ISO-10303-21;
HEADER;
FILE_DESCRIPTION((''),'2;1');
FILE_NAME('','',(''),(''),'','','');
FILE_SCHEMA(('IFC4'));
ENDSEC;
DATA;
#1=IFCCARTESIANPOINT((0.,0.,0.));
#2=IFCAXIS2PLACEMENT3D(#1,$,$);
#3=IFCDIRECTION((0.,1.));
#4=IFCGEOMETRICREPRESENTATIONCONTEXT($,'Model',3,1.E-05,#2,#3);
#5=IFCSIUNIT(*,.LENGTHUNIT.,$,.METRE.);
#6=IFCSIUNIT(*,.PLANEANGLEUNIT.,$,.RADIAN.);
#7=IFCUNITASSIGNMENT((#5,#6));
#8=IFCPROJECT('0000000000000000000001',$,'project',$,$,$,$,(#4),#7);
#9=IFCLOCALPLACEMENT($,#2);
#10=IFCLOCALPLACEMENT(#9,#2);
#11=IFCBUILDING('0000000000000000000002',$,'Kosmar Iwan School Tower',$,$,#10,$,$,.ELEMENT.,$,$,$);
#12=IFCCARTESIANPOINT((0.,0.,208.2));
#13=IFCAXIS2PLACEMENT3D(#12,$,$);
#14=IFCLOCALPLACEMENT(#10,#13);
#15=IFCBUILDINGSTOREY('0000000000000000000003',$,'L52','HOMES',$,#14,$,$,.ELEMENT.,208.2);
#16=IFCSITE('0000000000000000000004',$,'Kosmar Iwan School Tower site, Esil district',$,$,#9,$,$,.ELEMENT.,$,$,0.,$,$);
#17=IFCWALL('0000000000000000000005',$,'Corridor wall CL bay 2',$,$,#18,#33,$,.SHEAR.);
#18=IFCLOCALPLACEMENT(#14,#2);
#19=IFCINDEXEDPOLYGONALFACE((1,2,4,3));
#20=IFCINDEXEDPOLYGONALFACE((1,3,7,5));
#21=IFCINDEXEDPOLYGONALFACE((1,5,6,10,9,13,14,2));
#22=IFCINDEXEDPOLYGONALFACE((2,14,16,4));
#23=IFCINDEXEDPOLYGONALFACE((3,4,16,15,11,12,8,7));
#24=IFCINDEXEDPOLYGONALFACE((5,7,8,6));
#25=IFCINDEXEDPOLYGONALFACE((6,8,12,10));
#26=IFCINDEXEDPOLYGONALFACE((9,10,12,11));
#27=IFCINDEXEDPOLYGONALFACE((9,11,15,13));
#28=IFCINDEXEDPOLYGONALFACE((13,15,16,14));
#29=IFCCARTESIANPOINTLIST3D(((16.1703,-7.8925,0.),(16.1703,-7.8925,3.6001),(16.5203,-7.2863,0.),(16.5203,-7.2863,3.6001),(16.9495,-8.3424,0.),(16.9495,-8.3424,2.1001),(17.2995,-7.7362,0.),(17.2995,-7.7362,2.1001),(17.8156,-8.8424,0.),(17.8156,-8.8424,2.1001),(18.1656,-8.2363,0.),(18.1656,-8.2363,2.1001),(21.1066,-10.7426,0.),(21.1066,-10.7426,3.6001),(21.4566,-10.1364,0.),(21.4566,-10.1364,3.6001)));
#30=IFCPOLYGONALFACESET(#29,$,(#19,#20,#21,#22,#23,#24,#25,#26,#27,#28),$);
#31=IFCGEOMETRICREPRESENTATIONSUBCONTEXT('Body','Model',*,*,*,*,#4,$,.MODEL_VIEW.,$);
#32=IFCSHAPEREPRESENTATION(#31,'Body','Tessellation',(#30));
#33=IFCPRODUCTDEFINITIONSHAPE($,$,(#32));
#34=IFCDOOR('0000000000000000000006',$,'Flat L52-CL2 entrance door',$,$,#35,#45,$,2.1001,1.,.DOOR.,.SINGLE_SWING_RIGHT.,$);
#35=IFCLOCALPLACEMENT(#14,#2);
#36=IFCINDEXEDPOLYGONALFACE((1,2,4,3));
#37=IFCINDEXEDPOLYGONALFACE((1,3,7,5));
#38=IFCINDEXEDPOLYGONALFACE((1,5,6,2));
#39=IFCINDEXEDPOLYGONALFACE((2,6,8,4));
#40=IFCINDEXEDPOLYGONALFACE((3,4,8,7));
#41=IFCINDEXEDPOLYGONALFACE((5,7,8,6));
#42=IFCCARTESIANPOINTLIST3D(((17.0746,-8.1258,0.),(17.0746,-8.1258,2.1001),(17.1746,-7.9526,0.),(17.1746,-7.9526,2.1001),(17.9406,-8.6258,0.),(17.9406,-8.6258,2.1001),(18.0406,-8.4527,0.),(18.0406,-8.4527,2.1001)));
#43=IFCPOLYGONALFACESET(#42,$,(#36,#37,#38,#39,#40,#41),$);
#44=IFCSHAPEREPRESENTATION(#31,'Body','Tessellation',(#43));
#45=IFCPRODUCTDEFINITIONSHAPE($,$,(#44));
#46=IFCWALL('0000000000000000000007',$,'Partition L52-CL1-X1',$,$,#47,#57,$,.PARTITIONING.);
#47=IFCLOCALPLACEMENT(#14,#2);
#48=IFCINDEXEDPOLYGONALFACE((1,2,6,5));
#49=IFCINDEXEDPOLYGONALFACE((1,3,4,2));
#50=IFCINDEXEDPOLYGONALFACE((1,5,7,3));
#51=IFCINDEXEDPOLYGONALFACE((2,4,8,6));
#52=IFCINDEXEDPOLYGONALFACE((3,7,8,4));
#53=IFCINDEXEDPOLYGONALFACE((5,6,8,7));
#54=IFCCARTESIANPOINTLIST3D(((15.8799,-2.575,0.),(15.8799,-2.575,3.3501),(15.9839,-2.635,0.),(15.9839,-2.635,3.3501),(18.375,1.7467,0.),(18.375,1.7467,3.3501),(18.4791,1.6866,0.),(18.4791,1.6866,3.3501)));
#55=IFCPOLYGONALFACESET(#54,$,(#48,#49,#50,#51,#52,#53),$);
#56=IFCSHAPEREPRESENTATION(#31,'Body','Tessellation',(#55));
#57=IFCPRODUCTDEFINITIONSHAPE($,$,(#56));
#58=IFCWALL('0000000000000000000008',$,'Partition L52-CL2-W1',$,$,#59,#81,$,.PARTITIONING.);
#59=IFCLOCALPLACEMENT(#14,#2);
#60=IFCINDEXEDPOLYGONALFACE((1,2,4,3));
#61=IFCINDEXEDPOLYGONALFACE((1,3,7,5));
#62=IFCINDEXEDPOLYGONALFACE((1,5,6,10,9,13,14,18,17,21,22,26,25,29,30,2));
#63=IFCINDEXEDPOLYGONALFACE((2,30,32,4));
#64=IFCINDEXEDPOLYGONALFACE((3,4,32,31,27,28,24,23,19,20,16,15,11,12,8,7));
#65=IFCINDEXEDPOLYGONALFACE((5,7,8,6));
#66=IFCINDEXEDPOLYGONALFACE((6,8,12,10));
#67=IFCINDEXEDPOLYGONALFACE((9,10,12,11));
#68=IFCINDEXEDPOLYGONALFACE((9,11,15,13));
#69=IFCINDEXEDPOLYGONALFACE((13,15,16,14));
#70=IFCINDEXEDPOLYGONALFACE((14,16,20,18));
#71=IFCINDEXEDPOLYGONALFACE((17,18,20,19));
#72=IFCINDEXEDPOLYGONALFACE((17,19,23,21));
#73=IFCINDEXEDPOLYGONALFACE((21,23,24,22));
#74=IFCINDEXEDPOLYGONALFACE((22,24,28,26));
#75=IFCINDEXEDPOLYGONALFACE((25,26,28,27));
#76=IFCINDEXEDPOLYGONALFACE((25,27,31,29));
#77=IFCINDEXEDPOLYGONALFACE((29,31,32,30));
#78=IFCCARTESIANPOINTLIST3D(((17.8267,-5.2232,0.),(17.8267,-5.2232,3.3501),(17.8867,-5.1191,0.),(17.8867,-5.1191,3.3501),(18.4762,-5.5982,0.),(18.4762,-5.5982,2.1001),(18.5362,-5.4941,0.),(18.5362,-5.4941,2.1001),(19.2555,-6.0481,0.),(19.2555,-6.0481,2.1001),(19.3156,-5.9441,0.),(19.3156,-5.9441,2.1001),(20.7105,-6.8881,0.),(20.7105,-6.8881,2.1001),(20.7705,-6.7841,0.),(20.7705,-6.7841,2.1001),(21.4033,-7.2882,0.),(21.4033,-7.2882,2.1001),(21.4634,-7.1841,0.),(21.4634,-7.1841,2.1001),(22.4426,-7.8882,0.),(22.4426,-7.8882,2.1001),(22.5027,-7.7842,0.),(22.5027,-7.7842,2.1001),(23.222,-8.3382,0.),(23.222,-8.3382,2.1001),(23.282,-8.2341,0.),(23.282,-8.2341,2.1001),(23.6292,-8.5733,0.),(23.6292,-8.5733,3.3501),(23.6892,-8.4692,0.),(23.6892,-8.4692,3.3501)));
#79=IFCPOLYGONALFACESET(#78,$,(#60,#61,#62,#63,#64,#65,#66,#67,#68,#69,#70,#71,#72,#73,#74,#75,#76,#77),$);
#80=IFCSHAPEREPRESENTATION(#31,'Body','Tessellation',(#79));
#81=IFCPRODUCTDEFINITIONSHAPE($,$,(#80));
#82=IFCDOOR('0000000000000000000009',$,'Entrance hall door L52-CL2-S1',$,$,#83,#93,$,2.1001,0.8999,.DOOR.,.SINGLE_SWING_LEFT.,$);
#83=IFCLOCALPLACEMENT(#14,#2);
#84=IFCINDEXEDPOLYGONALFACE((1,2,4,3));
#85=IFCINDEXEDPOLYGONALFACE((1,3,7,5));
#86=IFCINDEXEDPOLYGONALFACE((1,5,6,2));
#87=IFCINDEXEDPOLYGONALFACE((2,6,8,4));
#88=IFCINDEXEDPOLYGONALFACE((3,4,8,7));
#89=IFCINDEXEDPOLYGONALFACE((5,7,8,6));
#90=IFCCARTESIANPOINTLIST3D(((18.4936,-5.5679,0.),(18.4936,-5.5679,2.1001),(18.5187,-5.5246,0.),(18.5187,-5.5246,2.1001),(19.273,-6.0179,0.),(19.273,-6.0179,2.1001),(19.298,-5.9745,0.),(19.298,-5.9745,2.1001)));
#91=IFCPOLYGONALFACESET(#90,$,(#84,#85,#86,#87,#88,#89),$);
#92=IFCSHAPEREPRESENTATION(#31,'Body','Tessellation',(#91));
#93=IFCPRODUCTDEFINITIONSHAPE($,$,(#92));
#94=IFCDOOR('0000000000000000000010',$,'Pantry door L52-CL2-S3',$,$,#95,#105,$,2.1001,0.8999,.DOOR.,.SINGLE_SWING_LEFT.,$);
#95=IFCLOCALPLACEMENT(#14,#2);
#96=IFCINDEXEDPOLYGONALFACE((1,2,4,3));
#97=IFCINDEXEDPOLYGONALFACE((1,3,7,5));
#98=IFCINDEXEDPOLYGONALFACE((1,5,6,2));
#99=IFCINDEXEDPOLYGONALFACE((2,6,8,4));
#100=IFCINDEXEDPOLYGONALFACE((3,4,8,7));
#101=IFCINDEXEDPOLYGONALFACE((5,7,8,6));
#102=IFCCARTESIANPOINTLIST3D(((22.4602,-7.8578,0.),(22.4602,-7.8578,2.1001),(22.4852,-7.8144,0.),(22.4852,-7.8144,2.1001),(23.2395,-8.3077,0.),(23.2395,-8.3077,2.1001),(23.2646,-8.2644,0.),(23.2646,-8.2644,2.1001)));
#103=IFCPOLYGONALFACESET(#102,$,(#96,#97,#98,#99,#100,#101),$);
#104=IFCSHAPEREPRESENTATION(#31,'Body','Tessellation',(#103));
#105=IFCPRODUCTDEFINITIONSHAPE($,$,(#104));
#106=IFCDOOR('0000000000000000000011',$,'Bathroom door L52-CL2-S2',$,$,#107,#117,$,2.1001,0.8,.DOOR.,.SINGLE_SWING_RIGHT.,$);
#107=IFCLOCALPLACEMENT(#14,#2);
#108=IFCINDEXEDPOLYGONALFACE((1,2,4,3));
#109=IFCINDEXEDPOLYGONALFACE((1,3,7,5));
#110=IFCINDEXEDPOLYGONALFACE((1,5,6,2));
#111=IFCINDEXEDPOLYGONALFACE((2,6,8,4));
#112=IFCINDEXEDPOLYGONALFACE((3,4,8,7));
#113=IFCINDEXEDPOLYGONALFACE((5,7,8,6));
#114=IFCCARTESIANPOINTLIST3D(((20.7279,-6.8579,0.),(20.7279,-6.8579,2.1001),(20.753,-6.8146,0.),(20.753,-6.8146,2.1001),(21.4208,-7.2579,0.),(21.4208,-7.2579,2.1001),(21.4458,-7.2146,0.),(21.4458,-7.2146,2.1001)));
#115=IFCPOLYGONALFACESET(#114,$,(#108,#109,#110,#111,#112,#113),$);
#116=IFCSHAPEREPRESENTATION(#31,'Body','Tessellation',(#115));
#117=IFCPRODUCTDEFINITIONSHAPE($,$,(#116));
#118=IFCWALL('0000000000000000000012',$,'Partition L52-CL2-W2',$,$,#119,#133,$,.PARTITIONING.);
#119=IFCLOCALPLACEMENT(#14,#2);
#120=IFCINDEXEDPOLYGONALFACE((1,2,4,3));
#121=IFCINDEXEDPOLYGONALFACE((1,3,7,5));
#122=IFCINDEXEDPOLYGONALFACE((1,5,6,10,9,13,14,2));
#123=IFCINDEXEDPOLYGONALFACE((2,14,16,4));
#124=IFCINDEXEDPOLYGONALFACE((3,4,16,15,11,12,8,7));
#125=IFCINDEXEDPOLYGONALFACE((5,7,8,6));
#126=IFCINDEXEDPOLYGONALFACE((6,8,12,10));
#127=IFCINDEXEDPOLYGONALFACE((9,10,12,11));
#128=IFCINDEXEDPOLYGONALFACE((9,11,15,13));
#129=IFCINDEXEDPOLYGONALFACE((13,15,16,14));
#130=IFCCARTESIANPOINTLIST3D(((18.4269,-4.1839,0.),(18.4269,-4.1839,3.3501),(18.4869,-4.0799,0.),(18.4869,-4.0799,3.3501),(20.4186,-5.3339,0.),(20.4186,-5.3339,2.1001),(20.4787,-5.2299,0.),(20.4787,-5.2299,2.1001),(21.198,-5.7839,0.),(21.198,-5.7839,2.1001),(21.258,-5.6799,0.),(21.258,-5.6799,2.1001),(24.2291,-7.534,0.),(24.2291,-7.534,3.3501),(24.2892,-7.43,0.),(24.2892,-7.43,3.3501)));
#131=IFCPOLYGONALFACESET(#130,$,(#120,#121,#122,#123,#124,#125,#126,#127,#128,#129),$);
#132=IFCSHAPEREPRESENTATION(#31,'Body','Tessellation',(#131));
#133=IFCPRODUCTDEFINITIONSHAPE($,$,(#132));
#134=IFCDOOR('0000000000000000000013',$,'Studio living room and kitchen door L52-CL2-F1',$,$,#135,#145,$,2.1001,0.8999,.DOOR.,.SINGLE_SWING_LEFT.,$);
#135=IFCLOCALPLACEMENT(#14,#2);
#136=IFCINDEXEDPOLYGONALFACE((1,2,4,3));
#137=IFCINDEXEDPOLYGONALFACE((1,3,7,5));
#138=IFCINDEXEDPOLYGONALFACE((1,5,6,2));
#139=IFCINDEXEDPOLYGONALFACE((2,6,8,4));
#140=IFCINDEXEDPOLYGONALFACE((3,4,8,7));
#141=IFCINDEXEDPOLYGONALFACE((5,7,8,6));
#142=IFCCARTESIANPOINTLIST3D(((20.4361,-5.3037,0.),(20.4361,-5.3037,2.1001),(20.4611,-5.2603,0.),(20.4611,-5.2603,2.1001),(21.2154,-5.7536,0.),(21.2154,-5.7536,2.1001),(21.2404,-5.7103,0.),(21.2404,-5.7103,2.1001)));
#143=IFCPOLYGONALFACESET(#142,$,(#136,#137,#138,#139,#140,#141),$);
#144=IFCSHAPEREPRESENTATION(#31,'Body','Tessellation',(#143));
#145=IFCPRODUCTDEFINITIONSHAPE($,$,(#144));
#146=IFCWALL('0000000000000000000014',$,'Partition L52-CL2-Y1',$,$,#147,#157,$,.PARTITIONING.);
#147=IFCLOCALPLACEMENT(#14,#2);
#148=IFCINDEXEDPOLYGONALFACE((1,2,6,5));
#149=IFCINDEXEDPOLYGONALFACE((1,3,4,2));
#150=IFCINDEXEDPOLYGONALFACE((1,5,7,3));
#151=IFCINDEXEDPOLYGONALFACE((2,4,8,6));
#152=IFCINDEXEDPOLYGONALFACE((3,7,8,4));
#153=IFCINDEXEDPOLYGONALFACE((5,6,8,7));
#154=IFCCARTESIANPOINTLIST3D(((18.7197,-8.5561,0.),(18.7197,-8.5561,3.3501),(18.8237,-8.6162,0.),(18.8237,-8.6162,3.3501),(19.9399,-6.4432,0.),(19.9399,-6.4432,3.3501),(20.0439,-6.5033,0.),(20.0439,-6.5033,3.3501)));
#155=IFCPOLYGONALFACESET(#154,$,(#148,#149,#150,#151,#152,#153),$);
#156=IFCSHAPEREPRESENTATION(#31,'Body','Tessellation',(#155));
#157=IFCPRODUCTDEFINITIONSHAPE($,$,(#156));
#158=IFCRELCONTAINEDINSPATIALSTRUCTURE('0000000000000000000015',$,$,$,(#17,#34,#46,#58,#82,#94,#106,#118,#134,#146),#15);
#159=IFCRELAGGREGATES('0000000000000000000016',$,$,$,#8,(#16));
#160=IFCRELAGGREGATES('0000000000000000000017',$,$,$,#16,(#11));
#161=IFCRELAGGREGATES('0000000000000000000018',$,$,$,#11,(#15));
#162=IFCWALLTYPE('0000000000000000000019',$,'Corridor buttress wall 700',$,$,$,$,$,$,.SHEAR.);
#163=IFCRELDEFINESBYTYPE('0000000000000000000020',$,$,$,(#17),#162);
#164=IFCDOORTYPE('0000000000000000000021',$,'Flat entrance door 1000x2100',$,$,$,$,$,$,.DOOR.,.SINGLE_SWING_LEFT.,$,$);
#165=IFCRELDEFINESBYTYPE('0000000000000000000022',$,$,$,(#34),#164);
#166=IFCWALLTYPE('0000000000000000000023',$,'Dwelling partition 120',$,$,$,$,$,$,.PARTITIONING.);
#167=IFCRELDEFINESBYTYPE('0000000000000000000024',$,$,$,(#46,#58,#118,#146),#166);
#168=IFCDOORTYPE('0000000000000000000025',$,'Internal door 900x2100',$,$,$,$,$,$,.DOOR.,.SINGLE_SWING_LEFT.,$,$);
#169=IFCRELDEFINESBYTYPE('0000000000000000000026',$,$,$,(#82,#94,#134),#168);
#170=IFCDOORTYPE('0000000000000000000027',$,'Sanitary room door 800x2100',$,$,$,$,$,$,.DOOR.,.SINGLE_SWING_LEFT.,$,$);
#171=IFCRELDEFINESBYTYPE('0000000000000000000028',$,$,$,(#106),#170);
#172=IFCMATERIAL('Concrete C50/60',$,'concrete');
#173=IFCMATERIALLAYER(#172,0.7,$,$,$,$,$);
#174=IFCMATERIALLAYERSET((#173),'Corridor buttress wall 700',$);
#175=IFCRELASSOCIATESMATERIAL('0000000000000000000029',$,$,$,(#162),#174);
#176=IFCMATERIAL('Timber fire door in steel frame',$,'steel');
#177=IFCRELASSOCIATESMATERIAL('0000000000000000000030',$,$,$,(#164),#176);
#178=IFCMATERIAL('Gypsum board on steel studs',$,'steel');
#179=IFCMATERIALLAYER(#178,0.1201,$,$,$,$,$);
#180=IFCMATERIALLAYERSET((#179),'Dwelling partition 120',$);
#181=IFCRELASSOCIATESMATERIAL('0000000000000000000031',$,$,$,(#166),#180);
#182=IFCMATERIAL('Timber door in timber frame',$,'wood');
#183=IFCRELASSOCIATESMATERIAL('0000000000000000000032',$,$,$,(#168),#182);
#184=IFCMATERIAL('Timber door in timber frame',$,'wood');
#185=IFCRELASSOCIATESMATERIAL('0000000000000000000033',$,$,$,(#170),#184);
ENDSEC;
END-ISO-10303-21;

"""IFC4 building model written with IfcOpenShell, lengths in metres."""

from ifc_helpers import new_model, si_unit, direction, frame, frame_2d, origin, place, context, subcontext, project, spatial, rectangle, extrude, material, layer, layer_set, type_object, element, fill, save


model = new_model("IFC4")

# Units and contexts
model_context = context("Model", 3, precision=1e-05, world=origin(), true_north=direction((0.0, 1.0)))
body_context = subcontext(model_context, "Body", "Model", "MODEL_VIEW")
ifc_project = project(units=[si_unit("LENGTHUNIT", "METRE"), si_unit("PLANEANGLEUNIT", "RADIAN")], contexts=[model_context])

# Site, building, storey
site_placement = place(None, origin())
site = spatial("IfcSite", under=ifc_project, at=site_placement, Name="Kosmar Iwan School Tower site, Esil district", CompositionType="ELEMENT", RefElevation=0.0)
building_placement = place(site_placement, origin())
building = spatial("IfcBuilding", under=site, at=building_placement, Name="Kosmar Iwan School Tower", CompositionType="ELEMENT")
storey_placement = place(building_placement, frame((0.0, 0.0, 208.2)))
storey = spatial("IfcBuildingStorey", under=building, at=storey_placement, Name="L52", Description="HOMES", CompositionType="ELEMENT", Elevation=208.2)

# Wall, opening, door
ifc_material_1 = material(Name="Concrete C50/60", Category="concrete")
ifc_layer_1 = layer(ifc_material_1, 0.7)
ifc_layer_set_1 = layer_set([ifc_layer_1], Name="Corridor buttress wall 700")
wall_type_1 = type_object("IfcWallType", Name="Corridor buttress wall 700", PredefinedType="SHEAR", material=ifc_layer_set_1)
wall_1_placement = place(storey_placement, frame((16.3452, -7.5894, 0.0), z_axis=(0.0, 0.0, 1.0), x_axis=(0.866015, -0.500018, 0.0)))
wall_1 = element("IfcWall", 1, at=wall_1_placement, inside=storey, type_object=wall_type_1, Name="Corridor wall CL bay 2", PredefinedType="SHEAR", context=body_context, shape_type="SweptSolid", body=[
    extrude(rectangle(XDim=5.7, YDim=0.7, at=frame_2d((2.8501, 0.0))), origin(), (0.0, 0.0, 1.0), 3.6001),
])
opening_1_placement = place(wall_1_placement, frame((0.8999, 0.0, 0.0)))
opening_1 = element("IfcOpeningElement", 2, at=opening_1_placement, cuts=wall_1, PredefinedType="OPENING", context=body_context, shape_type="SweptSolid", body=[
    extrude(rectangle(XDim=1.0, YDim=2.1001, at=frame_2d((0.5, 1.05))), frame((0.0, 0.3621, 0.0), z_axis=(0.0, -1.0, 0.0), x_axis=(1.0, 0.0, 0.0)), (0.0, 0.0, 1.0), 0.7239),
])
ifc_material_2 = material(Name="Timber fire door in steel frame", Category="steel")
door_type_1 = type_object("IfcDoorType", Name="Flat entrance door 1000x2100", OperationType="SINGLE_SWING_LEFT", PredefinedType="DOOR", material=ifc_material_2)
door_1_placement = place(opening_1_placement, origin())
door_1 = element("IfcDoor", 3, at=door_1_placement, inside=storey, type_object=door_type_1, Name="Flat L52-CL2 entrance door", OperationType="SINGLE_SWING_RIGHT", OverallHeight=2.1001, OverallWidth=1.0, PredefinedType="DOOR", context=body_context, shape_type="SweptSolid", body=[
    extrude(rectangle(XDim=1.0, YDim=2.1001, at=frame_2d((0.5, 1.05))), frame((0.0, 0.1001, 0.0), z_axis=(0.0, -1.0, 0.0), x_axis=(1.0, 0.0, 0.0)), (0.0, 0.0, 1.0), 0.2),
])
fill(opening_1, door_1)

# Wall
ifc_material_3 = material(Name="Gypsum board on steel studs", Category="steel")
ifc_layer_2 = layer(ifc_material_3, 0.1201)
ifc_layer_set_2 = layer_set([ifc_layer_2], Name="Dwelling partition 120")
wall_type_2 = type_object("IfcWallType", Name="Dwelling partition 120", PredefinedType="PARTITIONING", material=ifc_layer_set_2)
wall_2_placement = place(storey_placement, frame((15.9319, -2.605, 0.0), z_axis=(0.0, 0.0, 1.0), x_axis=(0.500012, 0.866019, 0.0)))
element("IfcWall", 4, at=wall_2_placement, inside=storey, type_object=wall_type_2, Name="Partition L52-CL1-X1", PredefinedType="PARTITIONING", context=body_context, shape_type="SweptSolid", body=[
    extrude(rectangle(XDim=4.9902, YDim=0.1201, at=frame_2d((2.4951, 0.0))), origin(), (0.0, 0.0, 1.0), 3.3501),
])

# Wall, openings, doors
wall_3_placement = place(storey_placement, frame((17.8567, -5.1711, 0.0), z_axis=(0.0, 0.0, 1.0), x_axis=(0.866024, -0.500003, 0.0)))
wall_3 = element("IfcWall", 5, at=wall_3_placement, inside=storey, type_object=wall_type_2, Name="Partition L52-CL2-W1", PredefinedType="PARTITIONING", context=body_context, shape_type="SweptSolid", body=[
    extrude(rectangle(XDim=6.7002, YDim=0.1201, at=frame_2d((3.3501, 0.0))), origin(), (0.0, 0.0, 1.0), 3.3501),
])
opening_2_placement = place(wall_3_placement, frame((0.75, 0.0, 0.0)))
opening_2 = element("IfcOpeningElement", 6, at=opening_2_placement, cuts=wall_3, PredefinedType="OPENING", context=body_context, shape_type="SweptSolid", body=[
    extrude(rectangle(XDim=0.8999, YDim=2.1001, at=frame_2d((0.45, 1.05))), frame((0.0, 0.072, 0.0), z_axis=(0.0, -1.0, 0.0), x_axis=(1.0, 0.0, 0.0)), (0.0, 0.0, 1.0), 0.144),
])
opening_3_placement = place(wall_3_placement, frame((3.3301, 0.0, 0.0)))
opening_3 = element("IfcOpeningElement", 7, at=opening_3_placement, cuts=wall_3, PredefinedType="OPENING", context=body_context, shape_type="SweptSolid", body=[
    extrude(rectangle(XDim=0.8, YDim=2.1001, at=frame_2d((0.3999, 1.05))), frame((0.0, 0.072, 0.0), z_axis=(0.0, -1.0, 0.0), x_axis=(1.0, 0.0, 0.0)), (0.0, 0.0, 1.0), 0.144),
])
opening_4_placement = place(wall_3_placement, frame((5.3301, 0.0, 0.0)))
opening_4 = element("IfcOpeningElement", 8, at=opening_4_placement, cuts=wall_3, PredefinedType="OPENING", context=body_context, shape_type="SweptSolid", body=[
    extrude(rectangle(XDim=0.8999, YDim=2.1001, at=frame_2d((0.45, 1.05))), frame((0.0, 0.072, 0.0), z_axis=(0.0, -1.0, 0.0), x_axis=(1.0, 0.0, 0.0)), (0.0, 0.0, 1.0), 0.144),
])
ifc_material_4 = material(Name="Timber door in timber frame", Category="wood")
door_type_2 = type_object("IfcDoorType", Name="Internal door 900x2100", OperationType="SINGLE_SWING_LEFT", PredefinedType="DOOR", material=ifc_material_4)
door_2_placement = place(opening_2_placement, origin())
door_2 = element("IfcDoor", 9, at=door_2_placement, inside=storey, type_object=door_type_2, Name="Entrance hall door L52-CL2-S1", OperationType="SINGLE_SWING_LEFT", OverallHeight=2.1001, OverallWidth=0.8999, PredefinedType="DOOR", context=body_context, shape_type="SweptSolid", body=[
    extrude(rectangle(XDim=0.8999, YDim=2.1001, at=frame_2d((0.45, 1.05))), frame((0.0, 0.0249, 0.0), z_axis=(0.0, -1.0, 0.0), x_axis=(1.0, 0.0, 0.0)), (0.0, 0.0, 1.0), 0.05),
])
fill(opening_2, door_2)
door_3_placement = place(opening_4_placement, frame((0.8999, 0.0, 0.0), z_axis=(0.0, 0.0, 1.0), x_axis=(-1.0, 0.0, 0.0)))
door_3 = element("IfcDoor", 10, at=door_3_placement, inside=storey, type_object=door_type_2, Name="Pantry door L52-CL2-S3", OperationType="SINGLE_SWING_LEFT", OverallHeight=2.1001, OverallWidth=0.8999, PredefinedType="DOOR", context=body_context, shape_type="SweptSolid", body=[
    extrude(rectangle(XDim=0.8999, YDim=2.1001, at=frame_2d((0.45, 1.05))), frame((0.0, 0.0249, 0.0), z_axis=(0.0, -1.0, 0.0), x_axis=(1.0, 0.0, 0.0)), (0.0, 0.0, 1.0), 0.05),
])
fill(opening_4, door_3)
ifc_material_5 = material(Name="Timber door in timber frame", Category="wood")
door_type_3 = type_object("IfcDoorType", Name="Sanitary room door 800x2100", OperationType="SINGLE_SWING_LEFT", PredefinedType="DOOR", material=ifc_material_5)
door_4_placement = place(opening_3_placement, origin())
door_4 = element("IfcDoor", 11, at=door_4_placement, inside=storey, type_object=door_type_3, Name="Bathroom door L52-CL2-S2", OperationType="SINGLE_SWING_RIGHT", OverallHeight=2.1001, OverallWidth=0.8, PredefinedType="DOOR", context=body_context, shape_type="SweptSolid", body=[
    extrude(rectangle(XDim=0.8, YDim=2.1001, at=frame_2d((0.3999, 1.05))), frame((0.0, 0.0249, 0.0), z_axis=(0.0, -1.0, 0.0), x_axis=(1.0, 0.0, 0.0)), (0.0, 0.0, 1.0), 0.05),
])
fill(opening_3, door_4)

# Wall, opening, door
wall_4_placement = place(storey_placement, frame((18.4568, -4.1318, 0.0), z_axis=(0.0, 0.0, 1.0), x_axis=(0.866014, -0.500019, 0.0)))
wall_4 = element("IfcWall", 12, at=wall_4_placement, inside=storey, type_object=wall_type_2, Name="Partition L52-CL2-W2", PredefinedType="PARTITIONING", context=body_context, shape_type="SweptSolid", body=[
    extrude(rectangle(XDim=6.7, YDim=0.1201, at=frame_2d((3.3501, 0.0))), origin(), (0.0, 0.0, 1.0), 3.3501),
])
opening_5_placement = place(wall_4_placement, frame((2.3, 0.0, 0.0)))
opening_5 = element("IfcOpeningElement", 13, at=opening_5_placement, cuts=wall_4, PredefinedType="OPENING", context=body_context, shape_type="SweptSolid", body=[
    extrude(rectangle(XDim=0.8999, YDim=2.1001, at=frame_2d((0.45, 1.05))), frame((0.0, 0.072, 0.0), z_axis=(0.0, -1.0, 0.0), x_axis=(1.0, 0.0, 0.0)), (0.0, 0.0, 1.0), 0.144),
])
door_5_placement = place(opening_5_placement, origin())
door_5 = element("IfcDoor", 14, at=door_5_placement, inside=storey, type_object=door_type_2, Name="Studio living room and kitchen door L52-CL2-F1", OperationType="SINGLE_SWING_LEFT", OverallHeight=2.1001, OverallWidth=0.8999, PredefinedType="DOOR", context=body_context, shape_type="SweptSolid", body=[
    extrude(rectangle(XDim=0.8999, YDim=2.1001, at=frame_2d((0.45, 1.05))), frame((0.0, 0.0249, 0.0), z_axis=(0.0, -1.0, 0.0), x_axis=(1.0, 0.0, 0.0)), (0.0, 0.0, 1.0), 0.05),
])
fill(opening_5, door_5)

# Wall
wall_5_placement = place(storey_placement, frame((18.7717, -8.5862, 0.0), z_axis=(0.0, 0.0, 1.0), x_axis=(0.500078, 0.865981, 0.0)))
element("IfcWall", 15, at=wall_5_placement, inside=storey, type_object=wall_type_2, Name="Partition L52-CL2-Y1", PredefinedType="PARTITIONING", context=body_context, shape_type="SweptSolid", body=[
    extrude(rectangle(XDim=2.4399, YDim=0.1201, at=frame_2d((1.22, 0.0))), origin(), (0.0, 0.0, 1.0), 3.3501),
])

save(model, "model.ifc")
